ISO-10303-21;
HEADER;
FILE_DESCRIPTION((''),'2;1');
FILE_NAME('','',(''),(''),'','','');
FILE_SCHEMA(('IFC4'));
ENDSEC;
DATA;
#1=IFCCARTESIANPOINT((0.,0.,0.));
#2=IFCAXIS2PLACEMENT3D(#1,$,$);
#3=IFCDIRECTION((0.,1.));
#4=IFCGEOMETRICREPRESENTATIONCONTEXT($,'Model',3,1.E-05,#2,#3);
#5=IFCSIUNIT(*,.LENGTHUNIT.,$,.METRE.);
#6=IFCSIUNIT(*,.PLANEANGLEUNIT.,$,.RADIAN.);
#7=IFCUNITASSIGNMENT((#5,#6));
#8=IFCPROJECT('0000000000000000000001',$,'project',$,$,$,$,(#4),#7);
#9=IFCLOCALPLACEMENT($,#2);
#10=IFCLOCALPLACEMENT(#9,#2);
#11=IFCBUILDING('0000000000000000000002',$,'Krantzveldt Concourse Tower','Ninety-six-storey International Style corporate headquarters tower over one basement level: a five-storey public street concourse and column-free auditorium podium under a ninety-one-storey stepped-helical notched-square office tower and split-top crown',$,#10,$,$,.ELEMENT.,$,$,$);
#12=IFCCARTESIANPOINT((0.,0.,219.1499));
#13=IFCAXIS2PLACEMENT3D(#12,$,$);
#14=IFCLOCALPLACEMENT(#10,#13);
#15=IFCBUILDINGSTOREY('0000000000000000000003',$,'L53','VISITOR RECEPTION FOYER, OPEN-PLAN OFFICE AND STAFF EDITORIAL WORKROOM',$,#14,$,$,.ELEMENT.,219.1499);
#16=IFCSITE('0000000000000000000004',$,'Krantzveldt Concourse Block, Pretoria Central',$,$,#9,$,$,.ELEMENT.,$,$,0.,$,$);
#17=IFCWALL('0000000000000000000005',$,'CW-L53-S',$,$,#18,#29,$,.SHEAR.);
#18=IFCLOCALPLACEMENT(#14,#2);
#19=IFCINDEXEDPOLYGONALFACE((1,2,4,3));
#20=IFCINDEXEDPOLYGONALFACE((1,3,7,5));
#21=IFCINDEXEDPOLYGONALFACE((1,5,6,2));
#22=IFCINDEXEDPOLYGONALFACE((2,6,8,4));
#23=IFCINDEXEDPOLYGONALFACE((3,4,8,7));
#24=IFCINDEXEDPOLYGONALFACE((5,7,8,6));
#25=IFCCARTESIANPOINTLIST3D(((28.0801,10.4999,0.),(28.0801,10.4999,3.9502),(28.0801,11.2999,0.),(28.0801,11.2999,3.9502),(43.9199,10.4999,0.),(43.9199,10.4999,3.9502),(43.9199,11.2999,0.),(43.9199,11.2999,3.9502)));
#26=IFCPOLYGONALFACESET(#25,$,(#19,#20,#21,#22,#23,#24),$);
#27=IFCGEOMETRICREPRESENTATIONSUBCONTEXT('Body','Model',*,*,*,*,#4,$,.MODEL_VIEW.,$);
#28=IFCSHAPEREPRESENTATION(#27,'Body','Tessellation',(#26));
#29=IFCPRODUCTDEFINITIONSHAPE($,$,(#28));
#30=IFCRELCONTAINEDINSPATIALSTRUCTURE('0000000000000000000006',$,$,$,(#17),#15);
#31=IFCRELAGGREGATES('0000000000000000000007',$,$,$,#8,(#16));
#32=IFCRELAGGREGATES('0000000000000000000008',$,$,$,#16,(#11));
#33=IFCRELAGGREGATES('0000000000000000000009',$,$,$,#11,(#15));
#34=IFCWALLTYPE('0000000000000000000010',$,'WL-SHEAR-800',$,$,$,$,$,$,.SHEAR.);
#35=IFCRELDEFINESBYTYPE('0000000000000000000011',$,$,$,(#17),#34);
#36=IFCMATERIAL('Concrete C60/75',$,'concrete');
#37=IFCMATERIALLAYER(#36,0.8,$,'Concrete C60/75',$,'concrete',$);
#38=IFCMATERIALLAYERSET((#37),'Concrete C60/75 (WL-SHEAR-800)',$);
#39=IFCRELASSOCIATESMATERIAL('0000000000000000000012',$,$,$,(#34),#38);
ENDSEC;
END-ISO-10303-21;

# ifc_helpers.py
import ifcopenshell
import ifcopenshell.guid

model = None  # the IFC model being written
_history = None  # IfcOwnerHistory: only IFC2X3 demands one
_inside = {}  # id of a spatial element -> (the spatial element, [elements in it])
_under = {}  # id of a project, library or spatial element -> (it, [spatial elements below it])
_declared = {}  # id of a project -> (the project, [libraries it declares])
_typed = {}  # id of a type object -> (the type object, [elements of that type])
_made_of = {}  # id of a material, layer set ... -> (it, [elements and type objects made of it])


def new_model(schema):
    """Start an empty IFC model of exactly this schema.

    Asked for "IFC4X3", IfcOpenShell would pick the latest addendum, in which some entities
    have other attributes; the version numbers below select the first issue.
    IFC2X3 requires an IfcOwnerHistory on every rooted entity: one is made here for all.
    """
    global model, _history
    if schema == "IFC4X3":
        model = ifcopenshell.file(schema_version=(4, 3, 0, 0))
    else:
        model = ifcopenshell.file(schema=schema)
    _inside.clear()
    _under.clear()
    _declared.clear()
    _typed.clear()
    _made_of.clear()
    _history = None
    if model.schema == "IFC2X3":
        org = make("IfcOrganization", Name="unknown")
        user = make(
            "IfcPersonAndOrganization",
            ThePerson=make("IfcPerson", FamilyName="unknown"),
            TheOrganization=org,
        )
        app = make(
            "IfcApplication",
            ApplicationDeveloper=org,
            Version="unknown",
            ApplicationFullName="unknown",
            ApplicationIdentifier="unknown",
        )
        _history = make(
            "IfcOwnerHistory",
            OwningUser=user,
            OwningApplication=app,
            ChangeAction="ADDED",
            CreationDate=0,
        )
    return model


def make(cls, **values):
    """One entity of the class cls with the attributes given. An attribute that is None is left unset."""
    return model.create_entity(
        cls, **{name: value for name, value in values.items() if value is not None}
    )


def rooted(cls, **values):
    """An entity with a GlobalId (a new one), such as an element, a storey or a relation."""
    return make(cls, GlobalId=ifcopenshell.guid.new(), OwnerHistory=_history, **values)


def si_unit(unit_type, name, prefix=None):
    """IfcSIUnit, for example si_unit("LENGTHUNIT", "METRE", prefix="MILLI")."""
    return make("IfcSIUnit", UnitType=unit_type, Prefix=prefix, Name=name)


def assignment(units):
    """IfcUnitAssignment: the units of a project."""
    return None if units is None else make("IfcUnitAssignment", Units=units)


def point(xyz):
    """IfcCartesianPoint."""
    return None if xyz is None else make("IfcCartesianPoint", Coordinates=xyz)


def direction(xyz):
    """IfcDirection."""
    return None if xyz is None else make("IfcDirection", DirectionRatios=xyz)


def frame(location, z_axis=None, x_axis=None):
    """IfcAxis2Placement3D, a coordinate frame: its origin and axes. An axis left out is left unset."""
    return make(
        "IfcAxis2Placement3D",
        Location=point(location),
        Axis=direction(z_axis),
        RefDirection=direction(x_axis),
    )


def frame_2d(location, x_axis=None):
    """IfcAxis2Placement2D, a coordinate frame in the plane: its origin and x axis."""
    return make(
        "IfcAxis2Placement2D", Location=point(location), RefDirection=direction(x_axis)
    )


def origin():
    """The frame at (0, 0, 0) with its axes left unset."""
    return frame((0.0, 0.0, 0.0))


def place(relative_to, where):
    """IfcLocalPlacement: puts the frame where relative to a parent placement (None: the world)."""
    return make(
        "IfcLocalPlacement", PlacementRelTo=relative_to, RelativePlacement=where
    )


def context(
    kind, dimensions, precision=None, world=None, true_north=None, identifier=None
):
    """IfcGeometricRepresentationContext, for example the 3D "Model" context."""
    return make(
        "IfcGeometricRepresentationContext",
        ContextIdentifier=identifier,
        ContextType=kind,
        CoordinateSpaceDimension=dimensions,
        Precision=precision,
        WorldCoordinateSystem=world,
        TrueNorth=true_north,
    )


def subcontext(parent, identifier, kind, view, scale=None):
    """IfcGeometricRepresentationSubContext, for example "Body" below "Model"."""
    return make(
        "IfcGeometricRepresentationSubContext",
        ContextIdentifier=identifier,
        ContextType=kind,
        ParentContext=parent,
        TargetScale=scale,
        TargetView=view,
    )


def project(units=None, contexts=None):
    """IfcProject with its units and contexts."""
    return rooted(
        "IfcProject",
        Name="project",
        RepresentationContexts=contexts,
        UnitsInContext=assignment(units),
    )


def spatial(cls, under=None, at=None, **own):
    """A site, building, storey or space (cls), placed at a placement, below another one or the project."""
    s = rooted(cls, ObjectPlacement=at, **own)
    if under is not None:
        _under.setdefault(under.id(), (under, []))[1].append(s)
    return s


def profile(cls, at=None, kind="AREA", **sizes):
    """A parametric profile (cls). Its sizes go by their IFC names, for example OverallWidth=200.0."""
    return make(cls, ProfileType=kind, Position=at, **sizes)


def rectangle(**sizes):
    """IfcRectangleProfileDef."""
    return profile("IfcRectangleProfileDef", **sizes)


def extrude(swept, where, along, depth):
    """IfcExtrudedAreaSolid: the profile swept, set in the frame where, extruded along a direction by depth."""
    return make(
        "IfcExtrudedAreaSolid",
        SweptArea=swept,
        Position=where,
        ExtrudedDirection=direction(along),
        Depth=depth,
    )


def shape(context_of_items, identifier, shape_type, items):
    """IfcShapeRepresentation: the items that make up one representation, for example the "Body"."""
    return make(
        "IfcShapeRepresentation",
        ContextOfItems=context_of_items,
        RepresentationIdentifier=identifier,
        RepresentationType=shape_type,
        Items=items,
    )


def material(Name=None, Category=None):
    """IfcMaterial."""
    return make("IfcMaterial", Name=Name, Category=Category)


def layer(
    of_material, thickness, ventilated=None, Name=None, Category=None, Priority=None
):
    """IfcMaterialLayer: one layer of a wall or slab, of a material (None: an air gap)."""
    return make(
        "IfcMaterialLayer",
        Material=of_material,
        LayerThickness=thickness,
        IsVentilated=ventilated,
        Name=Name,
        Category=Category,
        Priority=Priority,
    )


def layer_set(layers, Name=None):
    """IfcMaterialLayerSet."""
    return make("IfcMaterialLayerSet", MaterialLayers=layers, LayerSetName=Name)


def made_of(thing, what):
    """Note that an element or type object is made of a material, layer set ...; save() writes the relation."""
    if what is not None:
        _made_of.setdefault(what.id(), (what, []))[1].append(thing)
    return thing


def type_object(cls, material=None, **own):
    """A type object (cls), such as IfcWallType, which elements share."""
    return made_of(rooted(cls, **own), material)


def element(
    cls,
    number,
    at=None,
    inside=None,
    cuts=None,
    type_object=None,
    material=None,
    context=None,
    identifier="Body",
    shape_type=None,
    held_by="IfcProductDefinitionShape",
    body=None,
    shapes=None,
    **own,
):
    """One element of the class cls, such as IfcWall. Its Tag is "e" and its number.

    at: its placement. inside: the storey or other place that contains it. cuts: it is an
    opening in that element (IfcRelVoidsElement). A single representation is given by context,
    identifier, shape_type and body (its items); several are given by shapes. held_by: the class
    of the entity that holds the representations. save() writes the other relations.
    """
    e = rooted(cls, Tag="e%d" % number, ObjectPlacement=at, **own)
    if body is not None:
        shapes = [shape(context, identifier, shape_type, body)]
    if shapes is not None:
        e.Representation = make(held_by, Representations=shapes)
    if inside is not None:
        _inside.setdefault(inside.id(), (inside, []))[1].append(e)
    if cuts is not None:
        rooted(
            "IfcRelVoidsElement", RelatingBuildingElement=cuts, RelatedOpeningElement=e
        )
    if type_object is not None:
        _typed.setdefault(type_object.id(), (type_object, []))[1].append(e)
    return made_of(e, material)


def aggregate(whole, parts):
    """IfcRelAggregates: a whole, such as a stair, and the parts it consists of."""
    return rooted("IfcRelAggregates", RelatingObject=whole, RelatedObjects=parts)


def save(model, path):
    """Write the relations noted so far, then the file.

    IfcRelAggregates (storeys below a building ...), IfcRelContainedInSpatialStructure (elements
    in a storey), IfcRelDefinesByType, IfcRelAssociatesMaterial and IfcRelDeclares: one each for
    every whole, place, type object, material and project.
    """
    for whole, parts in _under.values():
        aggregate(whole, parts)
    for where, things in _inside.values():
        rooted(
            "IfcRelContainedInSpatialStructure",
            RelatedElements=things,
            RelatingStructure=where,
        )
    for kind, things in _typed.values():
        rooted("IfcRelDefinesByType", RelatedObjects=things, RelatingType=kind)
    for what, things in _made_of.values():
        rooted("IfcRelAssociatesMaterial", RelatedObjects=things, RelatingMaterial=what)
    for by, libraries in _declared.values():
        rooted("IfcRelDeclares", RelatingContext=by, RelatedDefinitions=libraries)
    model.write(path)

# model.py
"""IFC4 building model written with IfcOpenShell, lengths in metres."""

from ifc_helpers import new_model, si_unit, direction, frame, frame_2d, origin, place, context, subcontext, project, spatial, rectangle, extrude, material, layer, layer_set, type_object, element, save


model = new_model("IFC4")

# Units and contexts
model_context = context("Model", 3, precision=1e-05, world=origin(), true_north=direction((0.0, 1.0)))
body_context = subcontext(model_context, "Body", "Model", "MODEL_VIEW")
ifc_project = project(units=[si_unit("LENGTHUNIT", "METRE"), si_unit("PLANEANGLEUNIT", "RADIAN")], contexts=[model_context])

# Site, building, storey
site_placement = place(None, origin())
site = spatial("IfcSite", under=ifc_project, at=site_placement, Name="Krantzveldt Concourse Block, Pretoria Central", CompositionType="ELEMENT", RefElevation=0.0)
building_placement = place(site_placement, origin())
building = spatial("IfcBuilding", under=site, at=building_placement, Name="Krantzveldt Concourse Tower", Description="Ninety-six-storey International Style corporate headquarters tower over one basement level: a five-storey public street concourse and column-free auditorium podium under a ninety-one-storey stepped-helical notched-square office tower and split-top crown", CompositionType="ELEMENT")
storey_placement = place(building_placement, frame((0.0, 0.0, 219.1499)))
storey = spatial("IfcBuildingStorey", under=building, at=storey_placement, Name="L53", Description="VISITOR RECEPTION FOYER, OPEN-PLAN OFFICE AND STAFF EDITORIAL WORKROOM", CompositionType="ELEMENT", Elevation=219.1499)

# Wall
ifc_material_1 = material(Name="Concrete C60/75", Category="concrete")
ifc_layer_1 = layer(ifc_material_1, 0.8, Name="Concrete C60/75", Category="concrete")
ifc_layer_set_1 = layer_set([ifc_layer_1], Name="Concrete C60/75 (WL-SHEAR-800)")
wall_type_1 = type_object("IfcWallType", Name="WL-SHEAR-800", PredefinedType="SHEAR", material=ifc_layer_set_1)
wall_1_placement = place(storey_placement, frame((28.0801, 10.8999, 0.0), z_axis=(0.0, 0.0, 1.0), x_axis=(1.0, 0.0, 0.0)))
element("IfcWall", 1, at=wall_1_placement, inside=storey, type_object=wall_type_1, Name="CW-L53-S", PredefinedType="SHEAR", context=body_context, shape_type="SweptSolid", body=[
    extrude(rectangle(XDim=15.8398, YDim=0.8, at=frame_2d((7.9199, 0.0))), origin(), (0.0, 0.0, 1.0), 3.9502),
])

save(model, "model.ifc")
